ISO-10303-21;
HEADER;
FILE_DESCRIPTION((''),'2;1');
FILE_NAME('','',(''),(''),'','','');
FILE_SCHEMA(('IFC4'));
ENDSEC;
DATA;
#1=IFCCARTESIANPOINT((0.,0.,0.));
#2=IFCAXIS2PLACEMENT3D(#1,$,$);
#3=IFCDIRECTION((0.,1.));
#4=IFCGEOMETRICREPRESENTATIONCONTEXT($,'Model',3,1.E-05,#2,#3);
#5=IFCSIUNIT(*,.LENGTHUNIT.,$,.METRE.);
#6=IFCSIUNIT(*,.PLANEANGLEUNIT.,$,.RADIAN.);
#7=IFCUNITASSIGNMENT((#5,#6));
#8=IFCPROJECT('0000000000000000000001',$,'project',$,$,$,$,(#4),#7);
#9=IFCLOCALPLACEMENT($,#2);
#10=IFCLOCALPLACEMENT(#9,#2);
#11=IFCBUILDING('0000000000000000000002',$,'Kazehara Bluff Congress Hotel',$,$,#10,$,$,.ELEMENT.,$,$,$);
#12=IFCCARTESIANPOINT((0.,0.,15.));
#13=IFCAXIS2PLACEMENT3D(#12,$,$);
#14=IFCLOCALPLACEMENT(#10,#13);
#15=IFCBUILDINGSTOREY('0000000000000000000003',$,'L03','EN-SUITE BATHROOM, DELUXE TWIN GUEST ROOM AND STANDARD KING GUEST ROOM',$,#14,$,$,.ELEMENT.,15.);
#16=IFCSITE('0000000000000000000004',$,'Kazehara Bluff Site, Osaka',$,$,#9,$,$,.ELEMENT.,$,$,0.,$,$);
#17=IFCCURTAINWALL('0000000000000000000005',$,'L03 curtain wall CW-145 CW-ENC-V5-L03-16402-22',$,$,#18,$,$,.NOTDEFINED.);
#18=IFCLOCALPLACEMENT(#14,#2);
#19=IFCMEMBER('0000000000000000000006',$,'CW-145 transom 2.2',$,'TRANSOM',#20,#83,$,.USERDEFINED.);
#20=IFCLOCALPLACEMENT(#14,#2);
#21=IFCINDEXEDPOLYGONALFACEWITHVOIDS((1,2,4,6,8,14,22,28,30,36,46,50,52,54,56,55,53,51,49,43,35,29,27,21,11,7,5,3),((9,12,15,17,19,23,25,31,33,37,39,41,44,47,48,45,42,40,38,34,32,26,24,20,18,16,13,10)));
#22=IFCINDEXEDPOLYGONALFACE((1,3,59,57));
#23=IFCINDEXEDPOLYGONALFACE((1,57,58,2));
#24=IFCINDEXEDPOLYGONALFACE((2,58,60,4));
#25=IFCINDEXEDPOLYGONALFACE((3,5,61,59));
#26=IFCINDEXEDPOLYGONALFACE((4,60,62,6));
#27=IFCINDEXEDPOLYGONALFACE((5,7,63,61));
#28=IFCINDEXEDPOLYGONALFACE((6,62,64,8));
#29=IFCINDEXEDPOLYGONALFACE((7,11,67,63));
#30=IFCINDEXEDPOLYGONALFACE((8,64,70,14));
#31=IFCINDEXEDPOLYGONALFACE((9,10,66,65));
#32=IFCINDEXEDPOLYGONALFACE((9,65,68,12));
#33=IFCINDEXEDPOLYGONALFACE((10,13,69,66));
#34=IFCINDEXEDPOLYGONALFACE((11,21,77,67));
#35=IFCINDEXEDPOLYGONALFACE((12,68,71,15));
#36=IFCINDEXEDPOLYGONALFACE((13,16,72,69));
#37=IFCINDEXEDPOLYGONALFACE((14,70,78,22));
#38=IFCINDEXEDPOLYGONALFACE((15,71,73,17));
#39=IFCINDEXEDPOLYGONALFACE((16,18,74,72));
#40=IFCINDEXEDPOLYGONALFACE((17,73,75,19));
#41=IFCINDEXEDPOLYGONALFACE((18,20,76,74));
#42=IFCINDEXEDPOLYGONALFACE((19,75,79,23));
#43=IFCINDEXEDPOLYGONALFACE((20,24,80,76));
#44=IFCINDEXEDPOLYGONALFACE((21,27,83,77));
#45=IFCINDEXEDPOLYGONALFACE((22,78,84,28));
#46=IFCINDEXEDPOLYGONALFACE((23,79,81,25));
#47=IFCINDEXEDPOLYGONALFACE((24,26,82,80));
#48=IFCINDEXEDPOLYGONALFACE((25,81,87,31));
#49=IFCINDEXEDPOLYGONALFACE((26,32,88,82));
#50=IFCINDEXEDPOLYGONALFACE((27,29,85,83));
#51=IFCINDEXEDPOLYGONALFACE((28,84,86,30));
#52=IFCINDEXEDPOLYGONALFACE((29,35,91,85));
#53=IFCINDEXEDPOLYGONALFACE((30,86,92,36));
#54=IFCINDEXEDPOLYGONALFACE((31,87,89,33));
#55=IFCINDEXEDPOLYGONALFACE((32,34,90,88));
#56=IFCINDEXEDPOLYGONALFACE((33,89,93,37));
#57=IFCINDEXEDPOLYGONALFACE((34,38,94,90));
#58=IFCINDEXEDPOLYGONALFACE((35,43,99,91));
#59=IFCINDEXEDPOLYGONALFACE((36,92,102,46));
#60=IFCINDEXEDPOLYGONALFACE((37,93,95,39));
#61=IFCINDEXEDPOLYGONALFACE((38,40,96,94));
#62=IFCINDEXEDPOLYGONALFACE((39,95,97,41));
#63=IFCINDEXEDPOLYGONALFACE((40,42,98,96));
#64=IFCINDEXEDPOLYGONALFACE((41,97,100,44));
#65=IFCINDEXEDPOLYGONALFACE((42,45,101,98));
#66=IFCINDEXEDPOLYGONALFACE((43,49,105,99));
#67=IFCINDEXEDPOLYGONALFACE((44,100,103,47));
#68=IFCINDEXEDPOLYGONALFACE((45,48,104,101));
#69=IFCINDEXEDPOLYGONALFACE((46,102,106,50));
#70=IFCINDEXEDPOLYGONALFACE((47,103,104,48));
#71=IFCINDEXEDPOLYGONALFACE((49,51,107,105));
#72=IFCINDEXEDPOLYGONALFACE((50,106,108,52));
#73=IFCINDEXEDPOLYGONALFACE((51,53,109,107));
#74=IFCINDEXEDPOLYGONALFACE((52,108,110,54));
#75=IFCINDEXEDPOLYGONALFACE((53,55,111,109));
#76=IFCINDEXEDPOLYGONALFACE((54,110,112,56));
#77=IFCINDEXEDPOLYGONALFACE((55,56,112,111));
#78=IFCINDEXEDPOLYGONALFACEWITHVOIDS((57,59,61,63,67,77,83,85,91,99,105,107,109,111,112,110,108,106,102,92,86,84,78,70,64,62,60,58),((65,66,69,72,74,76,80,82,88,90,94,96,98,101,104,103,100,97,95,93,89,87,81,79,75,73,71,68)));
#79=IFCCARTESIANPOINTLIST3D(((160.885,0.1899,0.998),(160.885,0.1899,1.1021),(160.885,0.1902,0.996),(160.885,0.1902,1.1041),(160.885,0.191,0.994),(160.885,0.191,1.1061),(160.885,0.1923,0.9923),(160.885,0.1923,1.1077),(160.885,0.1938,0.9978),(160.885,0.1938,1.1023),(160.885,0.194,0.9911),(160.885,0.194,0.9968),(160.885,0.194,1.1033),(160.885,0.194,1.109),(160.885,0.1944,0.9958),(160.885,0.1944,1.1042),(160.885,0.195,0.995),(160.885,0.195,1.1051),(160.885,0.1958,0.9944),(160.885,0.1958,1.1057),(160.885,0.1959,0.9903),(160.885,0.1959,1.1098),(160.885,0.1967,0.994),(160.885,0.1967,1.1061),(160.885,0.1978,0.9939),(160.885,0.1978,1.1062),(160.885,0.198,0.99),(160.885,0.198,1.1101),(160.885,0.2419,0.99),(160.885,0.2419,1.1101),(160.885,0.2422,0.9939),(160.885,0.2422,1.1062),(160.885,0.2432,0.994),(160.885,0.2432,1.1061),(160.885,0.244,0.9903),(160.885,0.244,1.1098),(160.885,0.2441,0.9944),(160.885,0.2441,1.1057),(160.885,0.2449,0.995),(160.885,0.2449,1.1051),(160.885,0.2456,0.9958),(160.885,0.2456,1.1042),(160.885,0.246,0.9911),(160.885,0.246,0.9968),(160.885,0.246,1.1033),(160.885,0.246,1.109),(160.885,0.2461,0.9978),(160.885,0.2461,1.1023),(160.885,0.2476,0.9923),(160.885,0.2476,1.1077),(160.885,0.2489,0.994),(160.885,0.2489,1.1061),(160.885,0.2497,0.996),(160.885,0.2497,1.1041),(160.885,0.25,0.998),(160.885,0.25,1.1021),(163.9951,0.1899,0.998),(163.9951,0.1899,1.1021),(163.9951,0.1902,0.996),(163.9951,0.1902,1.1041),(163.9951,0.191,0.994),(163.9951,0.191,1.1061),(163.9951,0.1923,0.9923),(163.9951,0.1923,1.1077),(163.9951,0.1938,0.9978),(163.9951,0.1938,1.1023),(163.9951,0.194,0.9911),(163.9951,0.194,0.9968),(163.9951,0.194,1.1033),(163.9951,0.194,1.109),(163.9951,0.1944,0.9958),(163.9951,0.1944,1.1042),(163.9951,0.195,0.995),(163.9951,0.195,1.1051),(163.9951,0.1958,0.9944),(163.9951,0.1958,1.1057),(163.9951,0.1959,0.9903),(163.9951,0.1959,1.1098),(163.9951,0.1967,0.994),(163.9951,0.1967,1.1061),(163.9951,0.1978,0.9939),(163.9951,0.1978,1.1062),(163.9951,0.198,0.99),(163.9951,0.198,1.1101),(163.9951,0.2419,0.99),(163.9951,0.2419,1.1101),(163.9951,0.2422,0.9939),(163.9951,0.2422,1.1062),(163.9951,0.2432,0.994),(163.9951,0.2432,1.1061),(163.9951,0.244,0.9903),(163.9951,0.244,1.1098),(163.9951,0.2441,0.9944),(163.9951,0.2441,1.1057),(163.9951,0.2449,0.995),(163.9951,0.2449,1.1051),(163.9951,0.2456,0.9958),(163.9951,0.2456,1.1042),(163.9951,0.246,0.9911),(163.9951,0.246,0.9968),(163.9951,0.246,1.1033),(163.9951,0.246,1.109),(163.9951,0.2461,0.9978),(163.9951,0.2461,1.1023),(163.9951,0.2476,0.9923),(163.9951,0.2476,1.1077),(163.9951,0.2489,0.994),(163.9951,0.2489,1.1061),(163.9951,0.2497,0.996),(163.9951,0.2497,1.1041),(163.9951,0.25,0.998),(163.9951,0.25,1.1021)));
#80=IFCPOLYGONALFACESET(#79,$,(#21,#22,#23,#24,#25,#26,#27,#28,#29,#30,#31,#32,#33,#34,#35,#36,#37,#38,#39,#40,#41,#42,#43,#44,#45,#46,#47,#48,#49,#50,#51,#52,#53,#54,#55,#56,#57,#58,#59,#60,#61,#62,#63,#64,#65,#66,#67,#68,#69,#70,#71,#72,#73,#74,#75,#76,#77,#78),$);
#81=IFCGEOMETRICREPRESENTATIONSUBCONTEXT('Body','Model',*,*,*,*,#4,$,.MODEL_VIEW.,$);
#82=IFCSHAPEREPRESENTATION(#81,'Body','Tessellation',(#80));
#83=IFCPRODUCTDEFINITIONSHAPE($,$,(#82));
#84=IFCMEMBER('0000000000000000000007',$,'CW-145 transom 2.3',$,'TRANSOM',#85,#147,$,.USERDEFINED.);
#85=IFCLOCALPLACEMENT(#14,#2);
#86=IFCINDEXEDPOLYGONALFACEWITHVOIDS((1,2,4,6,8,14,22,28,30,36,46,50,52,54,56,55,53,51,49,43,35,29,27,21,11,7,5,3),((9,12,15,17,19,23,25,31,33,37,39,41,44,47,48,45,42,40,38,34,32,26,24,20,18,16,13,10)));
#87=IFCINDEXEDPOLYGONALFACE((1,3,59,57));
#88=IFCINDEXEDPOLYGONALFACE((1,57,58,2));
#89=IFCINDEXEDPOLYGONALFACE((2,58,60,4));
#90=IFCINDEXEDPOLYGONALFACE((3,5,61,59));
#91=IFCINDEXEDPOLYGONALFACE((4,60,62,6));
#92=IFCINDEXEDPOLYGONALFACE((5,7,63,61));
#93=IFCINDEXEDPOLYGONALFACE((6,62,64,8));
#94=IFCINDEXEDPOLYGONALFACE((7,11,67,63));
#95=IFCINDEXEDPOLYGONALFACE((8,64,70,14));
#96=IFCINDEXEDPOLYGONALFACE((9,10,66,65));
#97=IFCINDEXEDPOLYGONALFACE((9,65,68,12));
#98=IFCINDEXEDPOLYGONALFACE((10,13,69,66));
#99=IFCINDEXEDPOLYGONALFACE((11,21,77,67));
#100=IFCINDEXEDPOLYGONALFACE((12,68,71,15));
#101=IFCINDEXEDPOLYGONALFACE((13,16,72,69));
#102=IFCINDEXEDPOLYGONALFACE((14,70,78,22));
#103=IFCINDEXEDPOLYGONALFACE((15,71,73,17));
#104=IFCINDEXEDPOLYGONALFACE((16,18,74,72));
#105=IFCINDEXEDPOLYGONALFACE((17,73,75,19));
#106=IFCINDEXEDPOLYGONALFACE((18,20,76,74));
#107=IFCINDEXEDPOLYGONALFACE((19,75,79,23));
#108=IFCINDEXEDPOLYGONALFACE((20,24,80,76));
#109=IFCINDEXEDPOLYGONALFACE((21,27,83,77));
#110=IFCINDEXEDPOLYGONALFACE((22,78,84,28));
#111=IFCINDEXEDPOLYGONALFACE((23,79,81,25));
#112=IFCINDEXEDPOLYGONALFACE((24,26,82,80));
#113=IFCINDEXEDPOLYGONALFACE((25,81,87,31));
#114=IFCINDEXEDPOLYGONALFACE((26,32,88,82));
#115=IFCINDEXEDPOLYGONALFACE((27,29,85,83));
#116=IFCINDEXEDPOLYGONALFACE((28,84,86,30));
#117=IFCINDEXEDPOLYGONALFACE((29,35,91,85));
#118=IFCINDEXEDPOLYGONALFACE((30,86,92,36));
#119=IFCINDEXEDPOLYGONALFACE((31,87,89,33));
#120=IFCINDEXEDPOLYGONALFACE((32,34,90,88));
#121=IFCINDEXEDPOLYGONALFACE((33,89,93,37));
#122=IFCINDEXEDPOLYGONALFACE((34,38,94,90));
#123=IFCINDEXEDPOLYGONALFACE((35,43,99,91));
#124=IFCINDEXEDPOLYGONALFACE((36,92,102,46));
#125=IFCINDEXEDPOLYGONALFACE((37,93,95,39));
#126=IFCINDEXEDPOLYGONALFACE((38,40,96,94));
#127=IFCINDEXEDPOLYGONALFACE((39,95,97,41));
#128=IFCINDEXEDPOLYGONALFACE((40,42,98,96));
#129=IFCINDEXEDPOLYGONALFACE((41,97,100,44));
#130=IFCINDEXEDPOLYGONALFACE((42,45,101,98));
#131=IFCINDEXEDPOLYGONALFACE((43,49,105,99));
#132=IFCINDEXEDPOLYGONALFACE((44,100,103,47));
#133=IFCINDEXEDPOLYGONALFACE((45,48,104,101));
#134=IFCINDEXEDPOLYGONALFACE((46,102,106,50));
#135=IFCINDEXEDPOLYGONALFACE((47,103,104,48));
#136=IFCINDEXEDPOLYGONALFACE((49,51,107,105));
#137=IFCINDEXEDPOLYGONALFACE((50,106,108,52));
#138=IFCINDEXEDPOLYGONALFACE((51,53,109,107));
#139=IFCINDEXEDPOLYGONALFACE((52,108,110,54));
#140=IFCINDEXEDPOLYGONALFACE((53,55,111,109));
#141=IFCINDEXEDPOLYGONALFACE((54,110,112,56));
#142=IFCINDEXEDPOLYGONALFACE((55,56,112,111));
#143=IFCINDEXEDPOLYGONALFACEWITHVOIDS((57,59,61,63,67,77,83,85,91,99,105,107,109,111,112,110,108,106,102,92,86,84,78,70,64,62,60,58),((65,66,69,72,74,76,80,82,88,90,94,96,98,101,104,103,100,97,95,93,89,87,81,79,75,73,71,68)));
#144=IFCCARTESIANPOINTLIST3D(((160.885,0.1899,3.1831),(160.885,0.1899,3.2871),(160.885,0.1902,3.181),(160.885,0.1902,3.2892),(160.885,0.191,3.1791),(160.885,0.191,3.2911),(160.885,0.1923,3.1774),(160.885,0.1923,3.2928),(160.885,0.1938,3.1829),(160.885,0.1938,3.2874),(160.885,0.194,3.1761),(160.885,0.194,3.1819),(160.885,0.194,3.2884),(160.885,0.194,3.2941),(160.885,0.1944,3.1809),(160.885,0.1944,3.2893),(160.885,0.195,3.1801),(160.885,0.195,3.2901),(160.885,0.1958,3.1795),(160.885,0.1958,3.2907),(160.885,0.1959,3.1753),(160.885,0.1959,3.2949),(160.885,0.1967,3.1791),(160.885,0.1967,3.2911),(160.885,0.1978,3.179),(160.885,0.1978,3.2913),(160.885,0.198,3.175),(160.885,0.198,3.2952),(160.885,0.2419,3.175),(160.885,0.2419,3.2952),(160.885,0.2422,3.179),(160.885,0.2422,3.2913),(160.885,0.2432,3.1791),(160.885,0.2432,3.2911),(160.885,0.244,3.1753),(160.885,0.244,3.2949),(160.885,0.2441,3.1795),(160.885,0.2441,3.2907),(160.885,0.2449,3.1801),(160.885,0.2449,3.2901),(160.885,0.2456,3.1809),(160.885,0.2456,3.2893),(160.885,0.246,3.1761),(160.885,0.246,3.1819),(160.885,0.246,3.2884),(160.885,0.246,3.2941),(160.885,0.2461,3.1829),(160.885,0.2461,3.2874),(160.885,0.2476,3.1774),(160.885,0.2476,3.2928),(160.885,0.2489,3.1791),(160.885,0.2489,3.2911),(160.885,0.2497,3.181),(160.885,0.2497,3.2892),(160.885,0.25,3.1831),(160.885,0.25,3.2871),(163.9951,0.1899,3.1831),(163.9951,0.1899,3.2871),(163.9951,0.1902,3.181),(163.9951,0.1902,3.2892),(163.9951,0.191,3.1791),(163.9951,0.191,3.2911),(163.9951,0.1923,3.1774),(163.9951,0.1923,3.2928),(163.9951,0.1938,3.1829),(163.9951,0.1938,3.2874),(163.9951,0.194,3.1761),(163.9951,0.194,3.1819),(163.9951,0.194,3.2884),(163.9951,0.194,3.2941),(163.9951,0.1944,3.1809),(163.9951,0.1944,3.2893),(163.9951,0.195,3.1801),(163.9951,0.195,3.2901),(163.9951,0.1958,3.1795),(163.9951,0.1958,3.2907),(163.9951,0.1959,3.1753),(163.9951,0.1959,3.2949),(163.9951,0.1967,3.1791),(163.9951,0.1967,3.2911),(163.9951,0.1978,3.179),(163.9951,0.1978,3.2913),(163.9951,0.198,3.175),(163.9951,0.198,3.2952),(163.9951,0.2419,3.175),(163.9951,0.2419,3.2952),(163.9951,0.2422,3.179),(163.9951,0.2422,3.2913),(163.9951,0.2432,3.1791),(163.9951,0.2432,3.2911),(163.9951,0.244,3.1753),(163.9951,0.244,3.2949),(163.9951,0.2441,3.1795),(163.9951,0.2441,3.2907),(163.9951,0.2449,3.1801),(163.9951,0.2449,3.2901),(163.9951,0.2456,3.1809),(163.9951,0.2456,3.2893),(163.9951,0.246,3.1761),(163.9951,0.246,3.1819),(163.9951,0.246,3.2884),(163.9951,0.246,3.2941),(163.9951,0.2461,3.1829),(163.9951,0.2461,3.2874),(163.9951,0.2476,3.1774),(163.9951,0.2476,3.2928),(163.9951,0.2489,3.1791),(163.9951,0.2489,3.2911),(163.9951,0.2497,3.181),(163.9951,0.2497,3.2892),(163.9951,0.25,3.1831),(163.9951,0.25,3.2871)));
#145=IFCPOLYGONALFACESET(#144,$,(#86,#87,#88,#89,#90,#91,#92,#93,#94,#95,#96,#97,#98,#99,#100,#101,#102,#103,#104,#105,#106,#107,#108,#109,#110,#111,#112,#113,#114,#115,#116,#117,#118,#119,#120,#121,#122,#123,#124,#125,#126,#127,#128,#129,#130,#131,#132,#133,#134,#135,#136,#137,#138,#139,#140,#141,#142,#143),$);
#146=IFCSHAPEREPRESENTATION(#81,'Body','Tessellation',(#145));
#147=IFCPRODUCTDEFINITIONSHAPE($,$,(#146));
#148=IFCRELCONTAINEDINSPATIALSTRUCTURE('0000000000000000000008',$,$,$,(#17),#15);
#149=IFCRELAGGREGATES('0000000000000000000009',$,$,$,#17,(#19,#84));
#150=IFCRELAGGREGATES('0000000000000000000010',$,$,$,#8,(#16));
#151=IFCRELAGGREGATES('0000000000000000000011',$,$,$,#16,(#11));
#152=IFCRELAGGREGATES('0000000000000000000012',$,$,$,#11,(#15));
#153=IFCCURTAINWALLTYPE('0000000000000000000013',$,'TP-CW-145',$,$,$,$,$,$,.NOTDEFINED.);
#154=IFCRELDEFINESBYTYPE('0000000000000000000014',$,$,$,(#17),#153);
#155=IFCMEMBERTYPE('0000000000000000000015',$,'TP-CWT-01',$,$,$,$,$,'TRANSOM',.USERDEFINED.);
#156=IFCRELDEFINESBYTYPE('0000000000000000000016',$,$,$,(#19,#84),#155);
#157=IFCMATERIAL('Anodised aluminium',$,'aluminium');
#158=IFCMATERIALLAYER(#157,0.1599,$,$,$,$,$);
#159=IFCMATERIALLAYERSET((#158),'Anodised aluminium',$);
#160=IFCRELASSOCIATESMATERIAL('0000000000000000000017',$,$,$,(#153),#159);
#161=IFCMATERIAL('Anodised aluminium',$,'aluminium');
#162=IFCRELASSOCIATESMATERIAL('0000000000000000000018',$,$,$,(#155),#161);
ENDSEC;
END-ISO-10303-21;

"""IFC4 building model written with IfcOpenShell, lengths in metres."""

from ifc_helpers import new_model, si_unit, direction, frame, origin, origin_2d, place, context, subcontext, project, spatial, hollow_rectangle, extrude, material, layer, layer_set, material_profile, profile_set, type_object, element, aggregate, save


model = new_model("IFC4")

# Units and contexts
model_context = context("Model", 3, precision=1e-05, world=origin(), true_north=direction((0.0, 1.0)))
body_context = subcontext(model_context, "Body", "Model", "MODEL_VIEW")
ifc_project = project(units=[si_unit("LENGTHUNIT", "METRE"), si_unit("PLANEANGLEUNIT", "RADIAN")], contexts=[model_context])

# Site, building, storey
site_placement = place(None, origin())
site = spatial("IfcSite", under=ifc_project, at=site_placement, Name="Kazehara Bluff Site, Osaka", CompositionType="ELEMENT", RefElevation=0.0)
building_placement = place(site_placement, origin())
building = spatial("IfcBuilding", under=site, at=building_placement, Name="Kazehara Bluff Congress Hotel", CompositionType="ELEMENT")
storey_placement = place(building_placement, frame((0.0, 0.0, 15.0)))
storey = spatial("IfcBuildingStorey", under=building, at=storey_placement, Name="L03", Description="EN-SUITE BATHROOM, DELUXE TWIN GUEST ROOM AND STANDARD KING GUEST ROOM", CompositionType="ELEMENT", Elevation=15.0)

# Curtain wall
ifc_material_1 = material(Name="Anodised aluminium", Category="aluminium")
ifc_layer_1 = layer(ifc_material_1, 0.1599)
ifc_layer_set_1 = layer_set([ifc_layer_1], Name="Anodised aluminium")
curtain_wall_type_1 = type_object("IfcCurtainWallType", Name="TP-CW-145", PredefinedType="NOTDEFINED", material=ifc_layer_set_1)
curtain_wall_1_placement = place(storey_placement, origin())
curtain_wall_1 = element("IfcCurtainWall", 1, at=curtain_wall_1_placement, inside=storey, type_object=curtain_wall_type_1, Name="L03 curtain wall CW-145 CW-ENC-V5-L03-16402-22", PredefinedType="NOTDEFINED")

# Members
ifc_material_2 = material(Name="Anodised aluminium", Category="aluminium")
ifc_material_profile_1 = material_profile(ifc_material_2, hollow_rectangle(XDim=0.0601, YDim=0.1201, WallThickness=0.0039, InnerFilletRadius=0.0039, OuterFilletRadius=0.0081, at=origin_2d()))
ifc_profile_set_1 = profile_set([ifc_material_profile_1], Name="Anodised aluminium")
member_type_1 = type_object("IfcMemberType", Name="TP-CWT-01", ElementType="TRANSOM", PredefinedType="USERDEFINED", material=ifc_profile_set_1)
member_1_placement = place(storey_placement, frame((163.9951, 0.22, 1.05), z_axis=(-1.0, 0.0, 0.0), x_axis=(0.0, -1.0, 0.0)))
member_1 = element("IfcMember", 2, at=member_1_placement, type_object=member_type_1, Name="CW-145 transom 2.2", ObjectType="TRANSOM", PredefinedType="USERDEFINED", context=body_context, shape_type="SweptSolid", body=[
    extrude(hollow_rectangle(XDim=0.0601, YDim=0.1201, WallThickness=0.0039, InnerFilletRadius=0.0039, OuterFilletRadius=0.0081, at=origin_2d()), origin(), (0.0, 0.0, 1.0), 3.1101),
])
member_2_placement = place(storey_placement, frame((163.9951, 0.22, 3.2351), z_axis=(-1.0, 0.0, 0.0), x_axis=(0.0, -1.0, 0.0)))
member_2 = element("IfcMember", 3, at=member_2_placement, type_object=member_type_1, Name="CW-145 transom 2.3", ObjectType="TRANSOM", PredefinedType="USERDEFINED", context=body_context, shape_type="SweptSolid", body=[
    extrude(hollow_rectangle(XDim=0.0601, YDim=0.1201, WallThickness=0.0039, InnerFilletRadius=0.0039, OuterFilletRadius=0.0081, at=origin_2d()), origin(), (0.0, 0.0, 1.0), 3.1101),
])

aggregate(curtain_wall_1, [member_1, member_2])

save(model, "model.ifc")
